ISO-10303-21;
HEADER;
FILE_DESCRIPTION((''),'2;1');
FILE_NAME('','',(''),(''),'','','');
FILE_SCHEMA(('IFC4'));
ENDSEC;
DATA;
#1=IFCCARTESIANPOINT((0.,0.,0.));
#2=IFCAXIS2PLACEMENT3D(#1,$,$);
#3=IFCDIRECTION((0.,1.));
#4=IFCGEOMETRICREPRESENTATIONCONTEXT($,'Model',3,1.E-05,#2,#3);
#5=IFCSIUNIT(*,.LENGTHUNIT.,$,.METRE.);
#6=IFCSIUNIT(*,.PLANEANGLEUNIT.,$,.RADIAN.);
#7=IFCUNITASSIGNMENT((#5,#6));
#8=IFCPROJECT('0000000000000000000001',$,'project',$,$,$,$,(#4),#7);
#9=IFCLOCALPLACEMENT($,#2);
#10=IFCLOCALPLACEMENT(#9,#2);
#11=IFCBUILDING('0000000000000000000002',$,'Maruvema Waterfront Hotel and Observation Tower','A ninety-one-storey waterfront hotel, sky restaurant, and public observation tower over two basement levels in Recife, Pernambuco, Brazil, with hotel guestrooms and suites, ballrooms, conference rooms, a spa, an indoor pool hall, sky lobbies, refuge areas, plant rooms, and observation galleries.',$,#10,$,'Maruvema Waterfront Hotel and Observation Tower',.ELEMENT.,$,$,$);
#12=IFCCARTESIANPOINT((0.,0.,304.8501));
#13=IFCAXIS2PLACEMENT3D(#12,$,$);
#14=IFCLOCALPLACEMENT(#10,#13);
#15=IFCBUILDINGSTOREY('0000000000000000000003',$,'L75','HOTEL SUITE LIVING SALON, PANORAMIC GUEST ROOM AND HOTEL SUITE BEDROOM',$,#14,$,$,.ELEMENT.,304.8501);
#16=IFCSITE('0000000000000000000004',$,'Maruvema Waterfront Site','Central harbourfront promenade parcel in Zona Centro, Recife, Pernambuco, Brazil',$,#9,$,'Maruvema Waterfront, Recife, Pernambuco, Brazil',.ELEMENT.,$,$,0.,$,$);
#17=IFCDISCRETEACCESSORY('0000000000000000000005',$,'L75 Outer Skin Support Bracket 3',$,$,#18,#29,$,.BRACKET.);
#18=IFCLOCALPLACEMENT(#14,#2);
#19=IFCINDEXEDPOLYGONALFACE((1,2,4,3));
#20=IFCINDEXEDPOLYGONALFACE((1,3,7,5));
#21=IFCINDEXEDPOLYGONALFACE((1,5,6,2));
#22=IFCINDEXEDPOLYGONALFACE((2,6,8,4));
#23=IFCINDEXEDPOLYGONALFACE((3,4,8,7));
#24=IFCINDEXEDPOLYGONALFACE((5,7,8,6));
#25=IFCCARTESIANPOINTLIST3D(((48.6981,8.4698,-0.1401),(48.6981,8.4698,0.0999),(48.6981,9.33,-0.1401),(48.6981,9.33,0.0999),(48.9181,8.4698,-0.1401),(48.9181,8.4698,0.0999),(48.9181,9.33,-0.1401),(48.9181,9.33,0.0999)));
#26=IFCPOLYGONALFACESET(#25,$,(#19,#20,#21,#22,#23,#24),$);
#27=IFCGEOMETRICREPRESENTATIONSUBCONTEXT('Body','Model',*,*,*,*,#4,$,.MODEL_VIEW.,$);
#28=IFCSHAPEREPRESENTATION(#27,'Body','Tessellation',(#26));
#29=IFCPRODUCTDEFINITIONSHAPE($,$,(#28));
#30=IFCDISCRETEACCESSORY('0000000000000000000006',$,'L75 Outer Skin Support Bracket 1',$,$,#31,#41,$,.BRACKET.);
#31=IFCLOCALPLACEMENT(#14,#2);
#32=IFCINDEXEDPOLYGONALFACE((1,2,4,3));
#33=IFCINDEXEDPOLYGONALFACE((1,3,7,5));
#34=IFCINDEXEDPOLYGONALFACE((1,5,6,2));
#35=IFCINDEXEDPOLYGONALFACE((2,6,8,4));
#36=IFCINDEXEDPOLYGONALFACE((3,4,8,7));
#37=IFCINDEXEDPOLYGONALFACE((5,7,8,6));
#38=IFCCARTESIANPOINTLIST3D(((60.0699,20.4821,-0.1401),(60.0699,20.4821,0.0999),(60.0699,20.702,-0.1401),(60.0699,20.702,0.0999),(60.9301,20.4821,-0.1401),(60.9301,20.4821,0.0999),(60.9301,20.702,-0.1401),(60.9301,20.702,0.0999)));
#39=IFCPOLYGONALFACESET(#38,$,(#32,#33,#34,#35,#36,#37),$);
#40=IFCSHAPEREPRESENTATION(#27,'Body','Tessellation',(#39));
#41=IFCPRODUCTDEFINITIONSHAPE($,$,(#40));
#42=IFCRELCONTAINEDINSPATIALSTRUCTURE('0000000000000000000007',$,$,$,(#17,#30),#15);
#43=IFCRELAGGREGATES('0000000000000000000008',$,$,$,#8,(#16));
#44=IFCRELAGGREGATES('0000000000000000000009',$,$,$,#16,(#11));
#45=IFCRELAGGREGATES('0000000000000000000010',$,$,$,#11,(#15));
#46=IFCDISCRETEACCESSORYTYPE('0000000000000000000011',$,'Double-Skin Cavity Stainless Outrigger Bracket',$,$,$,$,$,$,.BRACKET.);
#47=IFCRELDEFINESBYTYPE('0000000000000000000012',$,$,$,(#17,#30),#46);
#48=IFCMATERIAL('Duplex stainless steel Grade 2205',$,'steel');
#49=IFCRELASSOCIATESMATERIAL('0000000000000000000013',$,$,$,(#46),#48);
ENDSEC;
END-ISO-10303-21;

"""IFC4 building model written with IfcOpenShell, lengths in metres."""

from ifc_helpers import new_model, si_unit, direction, frame, origin, origin_2d, place, context, subcontext, project, spatial, rectangle, extrude, material, type_object, element, save


model = new_model("IFC4")

# Units and contexts
model_context = context("Model", 3, precision=1e-05, world=origin(), true_north=direction((0.0, 1.0)))
body_context = subcontext(model_context, "Body", "Model", "MODEL_VIEW")
ifc_project = project(units=[si_unit("LENGTHUNIT", "METRE"), si_unit("PLANEANGLEUNIT", "RADIAN")], contexts=[model_context])

# Site, building, storey
site_placement = place(None, origin())
site = spatial("IfcSite", under=ifc_project, at=site_placement, Name="Maruvema Waterfront Site", Description="Central harbourfront promenade parcel in Zona Centro, Recife, Pernambuco, Brazil", LongName="Maruvema Waterfront, Recife, Pernambuco, Brazil", CompositionType="ELEMENT", RefElevation=0.0)
building_placement = place(site_placement, origin())
building = spatial("IfcBuilding", under=site, at=building_placement, Name="Maruvema Waterfront Hotel and Observation Tower", Description="A ninety-one-storey waterfront hotel, sky restaurant, and public observation tower over two basement levels in Recife, Pernambuco, Brazil, with hotel guestrooms and suites, ballrooms, conference rooms, a spa, an indoor pool hall, sky lobbies, refuge areas, plant rooms, and observation galleries.", LongName="Maruvema Waterfront Hotel and Observation Tower", CompositionType="ELEMENT")
storey_placement = place(building_placement, frame((0.0, 0.0, 304.8501)))
storey = spatial("IfcBuildingStorey", under=building, at=storey_placement, Name="L75", Description="HOTEL SUITE LIVING SALON, PANORAMIC GUEST ROOM AND HOTEL SUITE BEDROOM", CompositionType="ELEMENT", Elevation=304.8501)

# Discrete accessories
ifc_material_1 = material(Name="Duplex stainless steel Grade 2205", Category="steel")
discrete_accessory_type = type_object("IfcDiscreteAccessoryType", Name="Double-Skin Cavity Stainless Outrigger Bracket", PredefinedType="BRACKET", material=ifc_material_1)
for number, where, z_axis, x_axis, name in (
    (1, (48.8081, 8.8999, -0.1401), (0.0, 0.0, 1.0), (1.0, 0.0, 0.0), "L75 Outer Skin Support Bracket 3"),
    (2, (60.5, 20.592, -0.1401), (0.0, 0.0, 1.0), (0.0, 1.0, 0.0), "L75 Outer Skin Support Bracket 1"),
):
    element("IfcDiscreteAccessory", number, at=place(storey_placement, frame(where, z_axis=z_axis, x_axis=x_axis)), inside=storey, type_object=discrete_accessory_type, Name=name, PredefinedType="BRACKET", context=body_context, shape_type="SweptSolid", body=[
        extrude(rectangle(XDim=0.22, YDim=0.8601, at=origin_2d()), origin(), (0.0, 0.0, 1.0), 0.24),
    ])

save(model, "model.ifc")
